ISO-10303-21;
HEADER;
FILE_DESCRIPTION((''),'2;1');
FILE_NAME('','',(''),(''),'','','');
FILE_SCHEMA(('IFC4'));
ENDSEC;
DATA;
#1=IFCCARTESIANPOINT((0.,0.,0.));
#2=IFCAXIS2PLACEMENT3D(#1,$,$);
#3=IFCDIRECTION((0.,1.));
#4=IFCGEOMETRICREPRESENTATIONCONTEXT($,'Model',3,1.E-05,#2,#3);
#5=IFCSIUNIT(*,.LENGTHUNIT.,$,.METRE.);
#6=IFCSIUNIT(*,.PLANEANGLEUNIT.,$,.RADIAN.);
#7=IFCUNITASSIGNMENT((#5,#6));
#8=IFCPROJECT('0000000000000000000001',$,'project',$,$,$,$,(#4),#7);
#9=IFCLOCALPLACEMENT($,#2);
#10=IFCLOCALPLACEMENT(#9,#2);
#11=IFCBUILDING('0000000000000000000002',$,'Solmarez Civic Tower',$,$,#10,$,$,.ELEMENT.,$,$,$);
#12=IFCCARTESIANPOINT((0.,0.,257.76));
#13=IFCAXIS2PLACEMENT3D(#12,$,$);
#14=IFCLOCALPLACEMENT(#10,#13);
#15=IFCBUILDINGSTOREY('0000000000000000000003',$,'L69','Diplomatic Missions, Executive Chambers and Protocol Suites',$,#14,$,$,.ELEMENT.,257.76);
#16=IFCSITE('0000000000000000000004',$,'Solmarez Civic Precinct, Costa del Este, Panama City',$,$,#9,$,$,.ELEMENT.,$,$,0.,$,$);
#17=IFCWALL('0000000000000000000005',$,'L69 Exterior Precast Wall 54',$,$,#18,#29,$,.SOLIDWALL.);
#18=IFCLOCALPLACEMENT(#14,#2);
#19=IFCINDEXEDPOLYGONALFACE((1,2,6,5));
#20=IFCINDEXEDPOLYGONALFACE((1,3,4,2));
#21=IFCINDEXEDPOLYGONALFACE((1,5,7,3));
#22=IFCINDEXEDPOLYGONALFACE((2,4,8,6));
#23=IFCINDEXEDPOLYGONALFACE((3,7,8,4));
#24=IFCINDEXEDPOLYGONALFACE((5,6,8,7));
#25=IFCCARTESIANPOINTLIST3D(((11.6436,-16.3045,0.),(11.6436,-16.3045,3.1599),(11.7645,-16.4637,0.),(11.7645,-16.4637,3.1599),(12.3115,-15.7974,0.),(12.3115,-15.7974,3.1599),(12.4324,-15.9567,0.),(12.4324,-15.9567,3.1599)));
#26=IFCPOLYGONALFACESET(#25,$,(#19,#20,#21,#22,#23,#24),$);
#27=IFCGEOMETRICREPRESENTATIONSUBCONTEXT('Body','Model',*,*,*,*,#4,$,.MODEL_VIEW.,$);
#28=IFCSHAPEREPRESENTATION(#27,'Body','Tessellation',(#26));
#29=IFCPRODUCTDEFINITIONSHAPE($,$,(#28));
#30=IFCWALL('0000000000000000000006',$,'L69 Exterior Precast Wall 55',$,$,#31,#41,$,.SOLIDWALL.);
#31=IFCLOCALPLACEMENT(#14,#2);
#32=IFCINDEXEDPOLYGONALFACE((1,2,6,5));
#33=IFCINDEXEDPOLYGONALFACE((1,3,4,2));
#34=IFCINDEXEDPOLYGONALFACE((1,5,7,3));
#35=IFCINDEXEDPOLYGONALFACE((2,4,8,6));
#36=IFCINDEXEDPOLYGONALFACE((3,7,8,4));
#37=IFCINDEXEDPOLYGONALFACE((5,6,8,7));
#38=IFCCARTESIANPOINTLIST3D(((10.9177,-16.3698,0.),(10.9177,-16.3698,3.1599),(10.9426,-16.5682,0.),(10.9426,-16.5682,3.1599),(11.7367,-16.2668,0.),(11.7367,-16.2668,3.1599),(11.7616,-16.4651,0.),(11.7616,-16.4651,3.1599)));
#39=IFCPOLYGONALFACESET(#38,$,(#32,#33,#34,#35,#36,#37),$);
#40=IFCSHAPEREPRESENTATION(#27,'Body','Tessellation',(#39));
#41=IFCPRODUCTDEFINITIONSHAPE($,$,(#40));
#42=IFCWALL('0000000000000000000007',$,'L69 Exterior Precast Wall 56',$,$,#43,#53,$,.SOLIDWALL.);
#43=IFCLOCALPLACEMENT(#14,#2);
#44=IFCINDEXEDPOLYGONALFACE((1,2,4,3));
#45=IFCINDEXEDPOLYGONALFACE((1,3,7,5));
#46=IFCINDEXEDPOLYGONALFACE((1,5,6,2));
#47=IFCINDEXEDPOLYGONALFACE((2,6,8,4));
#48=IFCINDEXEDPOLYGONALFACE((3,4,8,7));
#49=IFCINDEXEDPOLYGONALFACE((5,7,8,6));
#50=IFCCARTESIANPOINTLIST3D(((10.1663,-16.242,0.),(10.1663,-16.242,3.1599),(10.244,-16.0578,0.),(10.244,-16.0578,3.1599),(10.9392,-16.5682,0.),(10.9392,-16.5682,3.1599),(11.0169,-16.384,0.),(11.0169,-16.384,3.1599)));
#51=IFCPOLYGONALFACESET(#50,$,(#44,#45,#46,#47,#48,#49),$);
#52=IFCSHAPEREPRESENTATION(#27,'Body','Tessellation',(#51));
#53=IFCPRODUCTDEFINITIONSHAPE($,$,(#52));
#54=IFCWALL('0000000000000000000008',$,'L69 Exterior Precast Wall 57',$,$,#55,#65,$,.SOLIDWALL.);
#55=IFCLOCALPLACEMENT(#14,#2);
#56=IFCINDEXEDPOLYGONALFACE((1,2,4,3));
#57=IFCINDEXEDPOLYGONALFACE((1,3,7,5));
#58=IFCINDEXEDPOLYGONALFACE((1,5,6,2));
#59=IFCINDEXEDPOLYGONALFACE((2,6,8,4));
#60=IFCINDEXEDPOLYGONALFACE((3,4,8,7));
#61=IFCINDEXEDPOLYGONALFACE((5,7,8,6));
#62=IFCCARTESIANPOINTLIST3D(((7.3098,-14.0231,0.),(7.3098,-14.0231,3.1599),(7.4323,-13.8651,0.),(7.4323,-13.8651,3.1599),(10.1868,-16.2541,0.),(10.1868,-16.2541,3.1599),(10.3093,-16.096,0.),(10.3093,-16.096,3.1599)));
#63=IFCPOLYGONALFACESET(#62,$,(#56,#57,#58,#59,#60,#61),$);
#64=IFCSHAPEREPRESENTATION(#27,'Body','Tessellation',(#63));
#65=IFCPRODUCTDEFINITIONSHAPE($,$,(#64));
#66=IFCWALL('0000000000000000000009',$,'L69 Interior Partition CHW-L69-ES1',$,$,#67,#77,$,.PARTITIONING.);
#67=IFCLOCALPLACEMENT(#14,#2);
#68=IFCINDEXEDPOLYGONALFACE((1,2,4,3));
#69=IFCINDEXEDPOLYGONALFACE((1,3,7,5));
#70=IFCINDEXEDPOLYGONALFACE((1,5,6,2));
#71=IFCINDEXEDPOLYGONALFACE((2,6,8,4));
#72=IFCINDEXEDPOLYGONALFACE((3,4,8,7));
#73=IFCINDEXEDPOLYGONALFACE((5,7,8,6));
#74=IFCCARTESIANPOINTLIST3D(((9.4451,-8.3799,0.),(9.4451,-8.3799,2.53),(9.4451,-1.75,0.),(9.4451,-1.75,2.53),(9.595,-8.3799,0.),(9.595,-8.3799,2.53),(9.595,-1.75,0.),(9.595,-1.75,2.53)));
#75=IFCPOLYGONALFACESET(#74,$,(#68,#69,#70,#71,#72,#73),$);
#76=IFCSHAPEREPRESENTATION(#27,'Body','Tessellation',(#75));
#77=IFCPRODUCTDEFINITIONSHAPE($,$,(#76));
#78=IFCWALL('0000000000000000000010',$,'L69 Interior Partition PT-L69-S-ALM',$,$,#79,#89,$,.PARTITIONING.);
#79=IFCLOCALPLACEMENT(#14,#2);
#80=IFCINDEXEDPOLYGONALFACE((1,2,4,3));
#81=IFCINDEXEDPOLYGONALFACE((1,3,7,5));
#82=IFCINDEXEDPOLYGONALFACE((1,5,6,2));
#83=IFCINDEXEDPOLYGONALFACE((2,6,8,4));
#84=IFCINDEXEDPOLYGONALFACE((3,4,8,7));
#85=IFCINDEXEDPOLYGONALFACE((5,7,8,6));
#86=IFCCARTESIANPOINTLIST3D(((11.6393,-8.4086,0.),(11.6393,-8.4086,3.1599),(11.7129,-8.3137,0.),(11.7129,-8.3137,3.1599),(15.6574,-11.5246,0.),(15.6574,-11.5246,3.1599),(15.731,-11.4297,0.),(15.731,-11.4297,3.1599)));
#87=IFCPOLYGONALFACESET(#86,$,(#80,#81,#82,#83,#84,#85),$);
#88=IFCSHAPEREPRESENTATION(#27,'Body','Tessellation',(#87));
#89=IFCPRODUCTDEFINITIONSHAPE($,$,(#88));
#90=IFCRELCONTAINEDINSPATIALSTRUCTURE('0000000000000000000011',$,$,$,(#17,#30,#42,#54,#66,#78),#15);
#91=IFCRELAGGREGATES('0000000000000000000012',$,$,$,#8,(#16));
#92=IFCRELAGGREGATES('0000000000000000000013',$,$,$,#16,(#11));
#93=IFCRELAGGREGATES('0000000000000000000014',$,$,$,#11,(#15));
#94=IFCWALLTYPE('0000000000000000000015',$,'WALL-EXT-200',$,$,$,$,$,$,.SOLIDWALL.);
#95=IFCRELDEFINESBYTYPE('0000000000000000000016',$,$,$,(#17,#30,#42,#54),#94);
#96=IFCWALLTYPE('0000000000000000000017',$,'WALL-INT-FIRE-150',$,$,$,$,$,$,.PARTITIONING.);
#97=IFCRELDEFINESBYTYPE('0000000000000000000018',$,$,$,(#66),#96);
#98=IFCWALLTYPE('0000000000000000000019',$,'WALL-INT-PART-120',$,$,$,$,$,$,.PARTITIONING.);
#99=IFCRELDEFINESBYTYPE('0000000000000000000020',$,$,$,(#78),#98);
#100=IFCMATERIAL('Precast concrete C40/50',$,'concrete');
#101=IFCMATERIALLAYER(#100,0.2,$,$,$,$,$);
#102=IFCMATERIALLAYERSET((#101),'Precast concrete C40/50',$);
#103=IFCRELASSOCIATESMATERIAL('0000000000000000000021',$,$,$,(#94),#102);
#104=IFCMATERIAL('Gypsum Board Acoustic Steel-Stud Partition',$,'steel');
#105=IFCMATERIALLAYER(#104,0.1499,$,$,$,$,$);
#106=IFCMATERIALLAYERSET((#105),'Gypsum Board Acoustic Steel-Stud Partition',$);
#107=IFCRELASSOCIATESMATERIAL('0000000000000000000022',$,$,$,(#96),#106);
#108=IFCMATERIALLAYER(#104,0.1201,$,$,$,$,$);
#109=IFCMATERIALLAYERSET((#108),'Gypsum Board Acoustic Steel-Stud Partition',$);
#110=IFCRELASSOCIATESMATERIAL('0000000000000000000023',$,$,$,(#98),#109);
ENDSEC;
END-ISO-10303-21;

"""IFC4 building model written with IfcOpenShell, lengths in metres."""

from ifc_helpers import new_model, si_unit, direction, frame, frame_2d, origin, place, context, subcontext, project, spatial, rectangle, extrude, material, layer, layer_set, type_object, element, save


model = new_model("IFC4")

# Units and contexts
model_context = context("Model", 3, precision=1e-05, world=origin(), true_north=direction((0.0, 1.0)))
body_context = subcontext(model_context, "Body", "Model", "MODEL_VIEW")
ifc_project = project(units=[si_unit("LENGTHUNIT", "METRE"), si_unit("PLANEANGLEUNIT", "RADIAN")], contexts=[model_context])

# Site, building, storey
site_placement = place(None, origin())
site = spatial("IfcSite", under=ifc_project, at=site_placement, Name="Solmarez Civic Precinct, Costa del Este, Panama City", CompositionType="ELEMENT", RefElevation=0.0)
building_placement = place(site_placement, origin())
building = spatial("IfcBuilding", under=site, at=building_placement, Name="Solmarez Civic Tower", CompositionType="ELEMENT")
storey_placement = place(building_placement, frame((0.0, 0.0, 257.76)))
storey = spatial("IfcBuildingStorey", under=building, at=storey_placement, Name="L69", Description="Diplomatic Missions, Executive Chambers and Protocol Suites", CompositionType="ELEMENT", Elevation=257.76)

# Shared definitions
ifc_material_1 = material(Name="Precast concrete C40/50", Category="concrete")
ifc_layer_1 = layer(ifc_material_1, 0.2)
ifc_layer_set_1 = layer_set([ifc_layer_1], Name="Precast concrete C40/50")
wall_type_1 = type_object("IfcWallType", Name="WALL-EXT-200", PredefinedType="SOLIDWALL", material=ifc_layer_set_1)

# Walls
wall_1_placement = place(storey_placement, frame((12.3721, -15.877, 0.0), z_axis=(0.0, 0.0, 1.0), x_axis=(-0.796493, -0.604648, 0.0)))
element("IfcWall", 1, at=wall_1_placement, inside=storey, type_object=wall_type_1, Name="L69 Exterior Precast Wall 54", PredefinedType="SOLIDWALL", context=body_context, shape_type="SweptSolid", body=[
    extrude(rectangle(XDim=0.8386, YDim=0.2, at=frame_2d((0.4194, 0.0))), origin(), (0.0, 0.0, 1.0), 3.1599),
])
wall_2_placement = place(storey_placement, frame((11.749, -16.366, 0.0), z_axis=(0.0, 0.0, 1.0), x_axis=(-0.992182, -0.124799, 0.0)))
element("IfcWall", 2, at=wall_2_placement, inside=storey, type_object=wall_type_1, Name="L69 Exterior Precast Wall 55", PredefinedType="SOLIDWALL", context=body_context, shape_type="SweptSolid", body=[
    extrude(rectangle(XDim=0.8254, YDim=0.2, at=frame_2d((0.4126, 0.0))), origin(), (0.0, 0.0, 1.0), 3.1599),
])
wall_3_placement = place(storey_placement, frame((10.978, -16.4761, 0.0), z_axis=(0.0, 0.0, 1.0), x_axis=(-0.921328, 0.388785, 0.0)))
element("IfcWall", 3, at=wall_3_placement, inside=storey, type_object=wall_type_1, Name="L69 Exterior Precast Wall 56", PredefinedType="SOLIDWALL", context=body_context, shape_type="SweptSolid", body=[
    extrude(rectangle(XDim=0.8389, YDim=0.2, at=frame_2d((0.4194, 0.0))), origin(), (0.0, 0.0, 1.0), 3.1599),
])
wall_4_placement = place(storey_placement, frame((10.248, -16.175, 0.0), z_axis=(0.0, 0.0, 1.0), x_axis=(-0.79024, 0.612798, 0.0)))
element("IfcWall", 4, at=wall_4_placement, inside=storey, type_object=wall_type_1, Name="L69 Exterior Precast Wall 57", PredefinedType="SOLIDWALL", context=body_context, shape_type="SweptSolid", body=[
    extrude(rectangle(XDim=3.6406, YDim=0.2, at=frame_2d((1.8203, 0.0))), origin(), (0.0, 0.0, 1.0), 3.1599),
])
ifc_material_2 = material(Name="Gypsum Board Acoustic Steel-Stud Partition", Category="steel")
ifc_layer_2 = layer(ifc_material_2, 0.1499)
ifc_layer_set_2 = layer_set([ifc_layer_2], Name="Gypsum Board Acoustic Steel-Stud Partition")
wall_type_2 = type_object("IfcWallType", Name="WALL-INT-FIRE-150", PredefinedType="PARTITIONING", material=ifc_layer_set_2)
wall_5_placement = place(storey_placement, frame((9.52, -8.3799, 0.0), z_axis=(0.0, 0.0, 1.0), x_axis=(0.0, 1.0, 0.0)))
element("IfcWall", 5, at=wall_5_placement, inside=storey, type_object=wall_type_2, Name="L69 Interior Partition CHW-L69-ES1", PredefinedType="PARTITIONING", context=body_context, shape_type="SweptSolid", body=[
    extrude(rectangle(XDim=6.6299, YDim=0.1499, at=frame_2d((3.3149, 0.0))), origin(), (0.0, 0.0, 1.0), 2.53),
])
ifc_layer_3 = layer(ifc_material_2, 0.1201)
ifc_layer_set_3 = layer_set([ifc_layer_3], Name="Gypsum Board Acoustic Steel-Stud Partition")
wall_type_3 = type_object("IfcWallType", Name="WALL-INT-PART-120", PredefinedType="PARTITIONING", material=ifc_layer_set_3)
wall_6_placement = place(storey_placement, frame((11.676, -8.3611, 0.0), z_axis=(0.0, 0.0, 1.0), x_axis=(0.790228, -0.612813, 0.0)))
element("IfcWall", 6, at=wall_6_placement, inside=storey, type_object=wall_type_3, Name="L69 Interior Partition PT-L69-S-ALM", PredefinedType="PARTITIONING", context=body_context, shape_type="SweptSolid", body=[
    extrude(rectangle(XDim=5.0847, YDim=0.1201, at=frame_2d((2.5425, 0.0))), origin(), (0.0, 0.0, 1.0), 3.1599),
])

save(model, "model.ifc")
